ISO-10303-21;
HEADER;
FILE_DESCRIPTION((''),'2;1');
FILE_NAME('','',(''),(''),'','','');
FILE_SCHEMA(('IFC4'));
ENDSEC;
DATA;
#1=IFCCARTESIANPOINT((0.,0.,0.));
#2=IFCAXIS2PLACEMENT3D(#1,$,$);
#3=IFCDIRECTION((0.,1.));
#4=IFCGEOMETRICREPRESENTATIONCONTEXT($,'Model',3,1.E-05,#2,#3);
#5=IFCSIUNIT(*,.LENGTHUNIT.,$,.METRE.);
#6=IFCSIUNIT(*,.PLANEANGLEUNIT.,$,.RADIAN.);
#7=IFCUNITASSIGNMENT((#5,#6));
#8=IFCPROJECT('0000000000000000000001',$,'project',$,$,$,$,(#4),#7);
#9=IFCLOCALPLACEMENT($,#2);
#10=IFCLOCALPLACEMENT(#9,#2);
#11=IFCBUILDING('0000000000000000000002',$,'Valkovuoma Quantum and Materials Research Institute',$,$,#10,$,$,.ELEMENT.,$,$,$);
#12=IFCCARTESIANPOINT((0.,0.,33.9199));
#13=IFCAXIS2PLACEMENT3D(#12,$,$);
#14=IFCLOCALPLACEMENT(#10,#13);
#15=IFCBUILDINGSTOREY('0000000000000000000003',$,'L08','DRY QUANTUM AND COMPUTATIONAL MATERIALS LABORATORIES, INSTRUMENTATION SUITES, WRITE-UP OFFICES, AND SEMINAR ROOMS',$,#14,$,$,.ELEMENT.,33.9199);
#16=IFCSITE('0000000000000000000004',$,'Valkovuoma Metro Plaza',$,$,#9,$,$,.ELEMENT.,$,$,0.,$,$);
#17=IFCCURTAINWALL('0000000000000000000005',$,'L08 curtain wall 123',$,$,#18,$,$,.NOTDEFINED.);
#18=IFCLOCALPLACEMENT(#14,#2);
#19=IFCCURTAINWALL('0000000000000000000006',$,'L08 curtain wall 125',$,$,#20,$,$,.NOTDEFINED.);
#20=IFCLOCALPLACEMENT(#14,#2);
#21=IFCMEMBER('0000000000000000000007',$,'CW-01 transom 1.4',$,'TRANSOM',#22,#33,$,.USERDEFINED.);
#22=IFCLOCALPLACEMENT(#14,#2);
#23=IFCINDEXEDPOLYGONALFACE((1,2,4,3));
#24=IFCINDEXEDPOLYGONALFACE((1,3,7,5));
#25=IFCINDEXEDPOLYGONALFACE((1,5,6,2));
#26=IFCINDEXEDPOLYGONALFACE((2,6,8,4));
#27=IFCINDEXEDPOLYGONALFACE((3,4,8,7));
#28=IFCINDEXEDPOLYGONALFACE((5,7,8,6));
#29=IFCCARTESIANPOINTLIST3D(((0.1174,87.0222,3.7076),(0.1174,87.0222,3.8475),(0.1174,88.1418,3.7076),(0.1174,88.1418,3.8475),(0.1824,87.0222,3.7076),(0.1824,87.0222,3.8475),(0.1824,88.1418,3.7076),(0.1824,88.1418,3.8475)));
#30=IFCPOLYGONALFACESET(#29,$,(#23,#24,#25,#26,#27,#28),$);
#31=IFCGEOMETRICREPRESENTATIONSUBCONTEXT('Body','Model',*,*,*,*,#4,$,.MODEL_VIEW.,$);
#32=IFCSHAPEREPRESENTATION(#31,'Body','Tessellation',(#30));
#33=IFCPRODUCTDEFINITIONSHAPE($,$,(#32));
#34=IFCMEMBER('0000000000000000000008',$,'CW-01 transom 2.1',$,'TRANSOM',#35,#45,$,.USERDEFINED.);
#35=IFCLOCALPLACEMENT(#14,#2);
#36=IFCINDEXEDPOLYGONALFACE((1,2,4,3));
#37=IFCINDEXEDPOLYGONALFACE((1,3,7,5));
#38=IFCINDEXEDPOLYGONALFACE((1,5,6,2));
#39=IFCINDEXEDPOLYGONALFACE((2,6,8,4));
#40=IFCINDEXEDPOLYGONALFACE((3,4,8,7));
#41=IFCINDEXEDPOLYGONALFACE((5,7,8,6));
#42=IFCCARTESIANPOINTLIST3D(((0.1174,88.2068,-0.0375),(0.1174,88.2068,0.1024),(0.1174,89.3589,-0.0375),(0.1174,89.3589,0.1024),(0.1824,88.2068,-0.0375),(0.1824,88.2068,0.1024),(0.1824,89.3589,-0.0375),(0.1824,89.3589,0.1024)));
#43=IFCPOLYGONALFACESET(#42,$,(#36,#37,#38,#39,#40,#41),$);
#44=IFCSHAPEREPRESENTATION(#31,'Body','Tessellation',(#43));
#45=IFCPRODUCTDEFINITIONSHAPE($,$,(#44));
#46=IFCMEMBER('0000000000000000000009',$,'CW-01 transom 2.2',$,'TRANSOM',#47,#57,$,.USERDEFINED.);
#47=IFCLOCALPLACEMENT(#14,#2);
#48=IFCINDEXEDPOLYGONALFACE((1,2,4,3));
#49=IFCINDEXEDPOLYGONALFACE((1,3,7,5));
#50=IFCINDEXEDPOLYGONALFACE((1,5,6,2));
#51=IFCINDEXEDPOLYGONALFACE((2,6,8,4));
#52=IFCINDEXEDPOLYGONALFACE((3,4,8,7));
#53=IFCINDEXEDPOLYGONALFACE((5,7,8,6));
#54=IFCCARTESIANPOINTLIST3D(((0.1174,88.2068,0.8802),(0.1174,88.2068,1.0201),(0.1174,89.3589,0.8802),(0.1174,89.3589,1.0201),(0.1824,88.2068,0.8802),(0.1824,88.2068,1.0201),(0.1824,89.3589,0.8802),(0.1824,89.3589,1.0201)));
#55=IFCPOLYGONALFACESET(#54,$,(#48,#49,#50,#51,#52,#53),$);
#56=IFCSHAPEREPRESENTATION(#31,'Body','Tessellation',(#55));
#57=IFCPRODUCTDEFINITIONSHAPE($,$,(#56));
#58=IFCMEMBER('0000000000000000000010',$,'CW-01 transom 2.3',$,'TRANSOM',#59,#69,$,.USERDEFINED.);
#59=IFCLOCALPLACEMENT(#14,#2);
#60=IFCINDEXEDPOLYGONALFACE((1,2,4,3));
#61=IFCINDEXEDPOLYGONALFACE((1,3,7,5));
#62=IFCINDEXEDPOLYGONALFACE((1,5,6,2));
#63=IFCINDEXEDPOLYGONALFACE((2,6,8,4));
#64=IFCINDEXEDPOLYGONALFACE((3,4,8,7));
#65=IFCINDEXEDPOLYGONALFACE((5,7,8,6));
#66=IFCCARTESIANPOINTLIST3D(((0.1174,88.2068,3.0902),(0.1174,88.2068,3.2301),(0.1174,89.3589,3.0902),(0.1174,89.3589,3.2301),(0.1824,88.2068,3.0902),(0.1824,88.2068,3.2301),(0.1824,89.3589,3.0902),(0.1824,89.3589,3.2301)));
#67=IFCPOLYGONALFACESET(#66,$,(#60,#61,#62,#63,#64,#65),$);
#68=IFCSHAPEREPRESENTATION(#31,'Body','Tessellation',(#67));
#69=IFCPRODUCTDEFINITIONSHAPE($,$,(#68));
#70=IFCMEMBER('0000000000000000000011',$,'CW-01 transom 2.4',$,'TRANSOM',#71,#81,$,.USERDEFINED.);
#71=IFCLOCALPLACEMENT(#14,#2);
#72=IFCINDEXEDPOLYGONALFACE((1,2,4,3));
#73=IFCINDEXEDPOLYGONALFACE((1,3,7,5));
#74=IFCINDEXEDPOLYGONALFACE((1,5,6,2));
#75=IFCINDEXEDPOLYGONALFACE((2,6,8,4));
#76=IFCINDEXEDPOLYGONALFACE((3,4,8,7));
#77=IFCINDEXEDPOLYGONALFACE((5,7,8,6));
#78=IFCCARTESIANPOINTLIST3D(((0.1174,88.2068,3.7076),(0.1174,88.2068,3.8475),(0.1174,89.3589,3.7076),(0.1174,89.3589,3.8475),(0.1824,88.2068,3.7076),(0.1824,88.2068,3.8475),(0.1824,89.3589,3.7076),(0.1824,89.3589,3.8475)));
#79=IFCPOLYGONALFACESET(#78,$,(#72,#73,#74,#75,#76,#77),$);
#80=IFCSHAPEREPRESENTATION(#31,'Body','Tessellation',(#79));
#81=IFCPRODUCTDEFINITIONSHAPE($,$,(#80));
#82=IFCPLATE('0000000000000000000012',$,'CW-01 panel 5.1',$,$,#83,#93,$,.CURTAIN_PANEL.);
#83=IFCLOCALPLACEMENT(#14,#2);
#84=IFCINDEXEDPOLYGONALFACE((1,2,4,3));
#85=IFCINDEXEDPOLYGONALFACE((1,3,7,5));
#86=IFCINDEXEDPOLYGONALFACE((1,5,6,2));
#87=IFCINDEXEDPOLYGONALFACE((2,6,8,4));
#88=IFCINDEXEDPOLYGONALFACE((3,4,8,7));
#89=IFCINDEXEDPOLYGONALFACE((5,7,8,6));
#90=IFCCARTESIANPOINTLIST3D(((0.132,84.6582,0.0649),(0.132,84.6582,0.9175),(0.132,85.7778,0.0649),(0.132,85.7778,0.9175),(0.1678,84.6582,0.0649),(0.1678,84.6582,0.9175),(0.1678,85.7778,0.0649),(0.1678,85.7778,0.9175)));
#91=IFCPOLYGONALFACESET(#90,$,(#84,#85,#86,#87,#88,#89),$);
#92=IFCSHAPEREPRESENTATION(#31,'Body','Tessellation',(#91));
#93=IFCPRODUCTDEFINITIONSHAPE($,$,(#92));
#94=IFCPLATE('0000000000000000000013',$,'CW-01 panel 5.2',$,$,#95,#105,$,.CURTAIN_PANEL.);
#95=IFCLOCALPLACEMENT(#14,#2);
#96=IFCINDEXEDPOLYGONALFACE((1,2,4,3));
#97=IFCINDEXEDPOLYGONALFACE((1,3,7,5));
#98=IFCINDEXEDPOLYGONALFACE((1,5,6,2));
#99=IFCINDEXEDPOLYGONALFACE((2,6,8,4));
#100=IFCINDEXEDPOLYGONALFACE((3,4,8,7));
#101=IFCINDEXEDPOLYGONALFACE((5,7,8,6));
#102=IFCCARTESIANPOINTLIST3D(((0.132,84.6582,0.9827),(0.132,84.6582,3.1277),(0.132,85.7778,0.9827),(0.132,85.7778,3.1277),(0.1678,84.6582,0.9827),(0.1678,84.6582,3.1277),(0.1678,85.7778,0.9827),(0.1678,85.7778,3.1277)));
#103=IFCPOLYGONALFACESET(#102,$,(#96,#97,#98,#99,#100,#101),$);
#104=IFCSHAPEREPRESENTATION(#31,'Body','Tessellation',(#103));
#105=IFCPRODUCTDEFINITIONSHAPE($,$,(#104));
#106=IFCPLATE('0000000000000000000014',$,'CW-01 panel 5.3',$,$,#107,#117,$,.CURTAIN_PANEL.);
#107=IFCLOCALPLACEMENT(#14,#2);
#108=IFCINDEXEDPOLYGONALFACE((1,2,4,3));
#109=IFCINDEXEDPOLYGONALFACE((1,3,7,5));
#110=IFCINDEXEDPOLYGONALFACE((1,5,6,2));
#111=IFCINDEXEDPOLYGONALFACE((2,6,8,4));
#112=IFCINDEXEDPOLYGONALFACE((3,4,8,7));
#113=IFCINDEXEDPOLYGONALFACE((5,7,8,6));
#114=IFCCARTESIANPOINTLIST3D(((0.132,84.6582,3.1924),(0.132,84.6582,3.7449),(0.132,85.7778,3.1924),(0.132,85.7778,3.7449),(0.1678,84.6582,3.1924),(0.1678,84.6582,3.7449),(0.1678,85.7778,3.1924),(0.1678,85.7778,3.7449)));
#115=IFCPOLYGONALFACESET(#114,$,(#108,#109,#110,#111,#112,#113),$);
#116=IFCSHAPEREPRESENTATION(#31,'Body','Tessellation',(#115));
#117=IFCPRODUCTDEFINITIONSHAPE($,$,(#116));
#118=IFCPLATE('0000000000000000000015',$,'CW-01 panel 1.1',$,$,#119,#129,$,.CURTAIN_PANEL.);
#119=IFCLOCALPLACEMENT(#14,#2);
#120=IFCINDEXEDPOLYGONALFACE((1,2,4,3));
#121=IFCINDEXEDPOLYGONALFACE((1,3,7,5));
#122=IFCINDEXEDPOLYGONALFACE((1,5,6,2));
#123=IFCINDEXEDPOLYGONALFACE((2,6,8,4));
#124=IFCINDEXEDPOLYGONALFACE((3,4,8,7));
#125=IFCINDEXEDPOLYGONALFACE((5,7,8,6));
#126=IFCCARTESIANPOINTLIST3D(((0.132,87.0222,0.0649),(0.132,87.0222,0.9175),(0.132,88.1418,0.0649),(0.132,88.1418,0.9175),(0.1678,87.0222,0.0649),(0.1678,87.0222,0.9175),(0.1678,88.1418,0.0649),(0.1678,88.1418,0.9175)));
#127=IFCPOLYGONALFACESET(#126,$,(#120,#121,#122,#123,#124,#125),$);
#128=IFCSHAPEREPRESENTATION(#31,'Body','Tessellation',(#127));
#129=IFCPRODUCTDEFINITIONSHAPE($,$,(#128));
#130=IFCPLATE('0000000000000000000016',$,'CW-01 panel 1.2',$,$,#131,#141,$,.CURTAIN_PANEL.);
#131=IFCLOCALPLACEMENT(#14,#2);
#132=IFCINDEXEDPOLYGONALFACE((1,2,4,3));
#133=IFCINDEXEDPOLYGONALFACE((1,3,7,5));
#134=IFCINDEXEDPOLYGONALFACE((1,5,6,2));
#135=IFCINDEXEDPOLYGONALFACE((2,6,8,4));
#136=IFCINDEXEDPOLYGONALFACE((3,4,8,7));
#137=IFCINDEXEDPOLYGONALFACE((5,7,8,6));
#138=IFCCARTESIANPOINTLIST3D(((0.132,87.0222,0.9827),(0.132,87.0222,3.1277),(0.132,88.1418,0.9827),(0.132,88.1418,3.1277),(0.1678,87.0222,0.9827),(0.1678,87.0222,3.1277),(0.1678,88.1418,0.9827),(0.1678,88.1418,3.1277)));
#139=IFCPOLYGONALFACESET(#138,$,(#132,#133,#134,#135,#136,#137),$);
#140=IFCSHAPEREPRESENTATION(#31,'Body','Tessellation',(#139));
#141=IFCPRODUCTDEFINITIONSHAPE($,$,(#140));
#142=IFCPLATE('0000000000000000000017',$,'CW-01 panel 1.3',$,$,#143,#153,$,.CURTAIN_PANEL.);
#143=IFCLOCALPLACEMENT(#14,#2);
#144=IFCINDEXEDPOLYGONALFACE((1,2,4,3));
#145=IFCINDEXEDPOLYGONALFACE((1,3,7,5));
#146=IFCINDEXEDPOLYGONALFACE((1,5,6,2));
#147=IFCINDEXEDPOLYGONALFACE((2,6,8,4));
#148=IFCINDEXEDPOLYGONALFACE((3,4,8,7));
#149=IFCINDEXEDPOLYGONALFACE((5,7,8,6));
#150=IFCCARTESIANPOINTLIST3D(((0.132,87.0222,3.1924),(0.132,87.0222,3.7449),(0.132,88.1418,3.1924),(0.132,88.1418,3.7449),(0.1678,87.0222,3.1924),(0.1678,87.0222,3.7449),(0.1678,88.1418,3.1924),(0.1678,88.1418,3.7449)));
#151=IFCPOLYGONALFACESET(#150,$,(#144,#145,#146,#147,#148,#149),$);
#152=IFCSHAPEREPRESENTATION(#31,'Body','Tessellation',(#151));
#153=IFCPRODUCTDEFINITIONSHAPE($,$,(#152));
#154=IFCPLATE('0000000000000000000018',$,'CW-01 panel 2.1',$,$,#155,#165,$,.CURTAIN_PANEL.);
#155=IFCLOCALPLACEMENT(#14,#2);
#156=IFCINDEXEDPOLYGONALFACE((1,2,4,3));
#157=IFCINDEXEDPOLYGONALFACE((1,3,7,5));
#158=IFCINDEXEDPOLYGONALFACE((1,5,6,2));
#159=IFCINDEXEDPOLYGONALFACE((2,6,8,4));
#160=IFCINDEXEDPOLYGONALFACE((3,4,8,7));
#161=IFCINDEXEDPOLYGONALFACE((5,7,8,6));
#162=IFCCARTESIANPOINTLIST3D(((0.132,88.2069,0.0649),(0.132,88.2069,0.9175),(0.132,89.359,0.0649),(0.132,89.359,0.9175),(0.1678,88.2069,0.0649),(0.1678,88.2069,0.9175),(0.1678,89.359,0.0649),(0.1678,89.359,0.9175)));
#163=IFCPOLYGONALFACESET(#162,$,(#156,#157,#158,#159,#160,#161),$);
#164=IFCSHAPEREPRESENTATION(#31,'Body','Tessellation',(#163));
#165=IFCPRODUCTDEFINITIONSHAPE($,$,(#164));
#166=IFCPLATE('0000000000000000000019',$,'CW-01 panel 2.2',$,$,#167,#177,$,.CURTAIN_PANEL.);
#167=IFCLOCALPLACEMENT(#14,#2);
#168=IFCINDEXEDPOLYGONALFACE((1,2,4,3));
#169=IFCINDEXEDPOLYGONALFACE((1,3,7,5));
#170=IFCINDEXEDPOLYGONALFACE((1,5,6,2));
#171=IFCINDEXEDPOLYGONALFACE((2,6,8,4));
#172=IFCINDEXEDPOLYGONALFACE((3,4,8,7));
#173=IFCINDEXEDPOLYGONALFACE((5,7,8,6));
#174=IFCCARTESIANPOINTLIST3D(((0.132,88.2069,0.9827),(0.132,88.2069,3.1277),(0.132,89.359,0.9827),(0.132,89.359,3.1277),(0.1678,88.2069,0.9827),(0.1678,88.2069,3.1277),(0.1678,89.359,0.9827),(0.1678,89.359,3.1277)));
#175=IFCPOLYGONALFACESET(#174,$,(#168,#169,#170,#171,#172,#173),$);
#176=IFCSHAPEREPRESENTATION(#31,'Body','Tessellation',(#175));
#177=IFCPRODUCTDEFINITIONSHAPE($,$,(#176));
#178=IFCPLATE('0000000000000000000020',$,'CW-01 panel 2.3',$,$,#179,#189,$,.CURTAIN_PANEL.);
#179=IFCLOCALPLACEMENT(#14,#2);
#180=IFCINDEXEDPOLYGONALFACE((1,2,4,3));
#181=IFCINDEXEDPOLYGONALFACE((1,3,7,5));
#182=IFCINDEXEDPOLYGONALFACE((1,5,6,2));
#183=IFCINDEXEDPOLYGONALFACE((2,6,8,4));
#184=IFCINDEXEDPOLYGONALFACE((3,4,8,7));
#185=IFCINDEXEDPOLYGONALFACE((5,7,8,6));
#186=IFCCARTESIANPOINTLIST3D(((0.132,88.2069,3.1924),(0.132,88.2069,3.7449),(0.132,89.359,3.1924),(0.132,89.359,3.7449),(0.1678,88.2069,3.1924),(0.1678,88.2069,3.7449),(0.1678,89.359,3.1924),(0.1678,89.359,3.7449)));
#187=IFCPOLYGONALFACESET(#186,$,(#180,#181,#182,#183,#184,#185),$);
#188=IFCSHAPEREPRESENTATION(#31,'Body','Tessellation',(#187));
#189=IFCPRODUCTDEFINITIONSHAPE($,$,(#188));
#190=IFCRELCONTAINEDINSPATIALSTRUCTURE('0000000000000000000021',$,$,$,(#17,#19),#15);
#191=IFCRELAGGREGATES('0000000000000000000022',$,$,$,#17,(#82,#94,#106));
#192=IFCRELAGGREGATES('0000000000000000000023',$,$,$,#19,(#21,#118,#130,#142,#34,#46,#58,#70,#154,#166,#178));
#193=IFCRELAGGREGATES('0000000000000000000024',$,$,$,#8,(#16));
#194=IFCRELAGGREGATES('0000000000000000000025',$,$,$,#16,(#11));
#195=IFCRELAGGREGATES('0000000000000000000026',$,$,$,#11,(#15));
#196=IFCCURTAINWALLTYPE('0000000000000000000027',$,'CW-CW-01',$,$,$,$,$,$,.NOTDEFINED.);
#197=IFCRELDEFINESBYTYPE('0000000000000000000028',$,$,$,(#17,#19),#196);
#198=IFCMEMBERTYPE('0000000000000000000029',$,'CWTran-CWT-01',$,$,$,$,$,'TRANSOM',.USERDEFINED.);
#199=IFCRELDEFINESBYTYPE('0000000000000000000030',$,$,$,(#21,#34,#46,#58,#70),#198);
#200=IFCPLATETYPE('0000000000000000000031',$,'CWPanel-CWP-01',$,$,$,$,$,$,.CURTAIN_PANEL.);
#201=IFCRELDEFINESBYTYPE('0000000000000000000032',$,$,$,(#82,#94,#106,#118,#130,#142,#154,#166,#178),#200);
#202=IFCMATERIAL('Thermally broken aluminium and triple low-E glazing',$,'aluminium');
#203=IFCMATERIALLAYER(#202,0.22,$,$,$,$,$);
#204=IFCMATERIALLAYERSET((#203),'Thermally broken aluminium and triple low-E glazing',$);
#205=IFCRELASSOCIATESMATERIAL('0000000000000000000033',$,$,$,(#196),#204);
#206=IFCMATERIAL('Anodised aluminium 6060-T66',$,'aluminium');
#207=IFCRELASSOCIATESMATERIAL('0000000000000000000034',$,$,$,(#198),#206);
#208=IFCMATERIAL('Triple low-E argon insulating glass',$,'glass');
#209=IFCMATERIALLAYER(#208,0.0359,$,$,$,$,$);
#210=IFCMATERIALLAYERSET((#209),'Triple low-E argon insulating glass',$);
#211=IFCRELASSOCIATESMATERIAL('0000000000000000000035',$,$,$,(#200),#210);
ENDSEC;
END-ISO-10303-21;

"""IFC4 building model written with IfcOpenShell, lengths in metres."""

from ifc_helpers import new_model, si_unit, direction, frame, origin, origin_2d, place, context, subcontext, project, spatial, rectangle, extrude, material, layer, layer_set, material_profile, profile_set, type_object, element, aggregate, save


model = new_model("IFC4")

# Units and contexts
model_context = context("Model", 3, precision=1e-05, world=origin(), true_north=direction((0.0, 1.0)))
body_context = subcontext(model_context, "Body", "Model", "MODEL_VIEW")
ifc_project = project(units=[si_unit("LENGTHUNIT", "METRE"), si_unit("PLANEANGLEUNIT", "RADIAN")], contexts=[model_context])

# Site, building, storey
site_placement = place(None, origin())
site = spatial("IfcSite", under=ifc_project, at=site_placement, Name="Valkovuoma Metro Plaza", CompositionType="ELEMENT", RefElevation=0.0)
building_placement = place(site_placement, origin())
building = spatial("IfcBuilding", under=site, at=building_placement, Name="Valkovuoma Quantum and Materials Research Institute", CompositionType="ELEMENT")
storey_placement = place(building_placement, frame((0.0, 0.0, 33.9199)))
storey = spatial("IfcBuildingStorey", under=building, at=storey_placement, Name="L08", Description="DRY QUANTUM AND COMPUTATIONAL MATERIALS LABORATORIES, INSTRUMENTATION SUITES, WRITE-UP OFFICES, AND SEMINAR ROOMS", CompositionType="ELEMENT", Elevation=33.9199)

# Curtain wall
ifc_material_1 = material(Name="Thermally broken aluminium and triple low-E glazing", Category="aluminium")
ifc_layer_1 = layer(ifc_material_1, 0.22)
ifc_layer_set_1 = layer_set([ifc_layer_1], Name="Thermally broken aluminium and triple low-E glazing")
curtain_wall_type = type_object("IfcCurtainWallType", Name="CW-CW-01", PredefinedType="NOTDEFINED", material=ifc_layer_set_1)
curtain_wall_1_placement = place(storey_placement, origin())
curtain_wall_1 = element("IfcCurtainWall", 1, at=curtain_wall_1_placement, inside=storey, type_object=curtain_wall_type, Name="L08 curtain wall 123", PredefinedType="NOTDEFINED")

# Curtain wall, members
curtain_wall_2_placement = place(storey_placement, origin())
curtain_wall_2 = element("IfcCurtainWall", 2, at=curtain_wall_2_placement, inside=storey, type_object=curtain_wall_type, Name="L08 curtain wall 125", PredefinedType="NOTDEFINED")
ifc_material_2 = material(Name="Anodised aluminium 6060-T66", Category="aluminium")
ifc_material_profile_1 = material_profile(ifc_material_2, rectangle(XDim=0.0649, YDim=0.1399, at=origin_2d()), Name="Anodised aluminium 6060-T66")
ifc_profile_set_1 = profile_set([ifc_material_profile_1], Name="Anodised aluminium 6060-T66")
member_type_1 = type_object("IfcMemberType", Name="CWTran-CWT-01", ElementType="TRANSOM", PredefinedType="USERDEFINED", material=ifc_profile_set_1)
member_1_placement = place(storey_placement, frame((0.1499, 87.0222, 3.7776), z_axis=(0.0, 1.0, 0.0), x_axis=(-1.0, 0.0, 0.0)))
member_1 = element("IfcMember", 3, at=member_1_placement, type_object=member_type_1, Name="CW-01 transom 1.4", ObjectType="TRANSOM", PredefinedType="USERDEFINED", context=body_context, shape_type="SweptSolid", body=[
    extrude(rectangle(XDim=0.0649, YDim=0.1399, at=origin_2d()), origin(), (0.0, 0.0, 1.0), 1.1196),
])
member_2_placement = place(storey_placement, frame((0.1499, 88.2068, 0.0325), z_axis=(0.0, 1.0, 0.0), x_axis=(-1.0, 0.0, 0.0)))
member_2 = element("IfcMember", 4, at=member_2_placement, type_object=member_type_1, Name="CW-01 transom 2.1", ObjectType="TRANSOM", PredefinedType="USERDEFINED", context=body_context, shape_type="SweptSolid", body=[
    extrude(rectangle(XDim=0.0649, YDim=0.1399, at=origin_2d()), origin(), (0.0, 0.0, 1.0), 1.1521),
])
member_3_placement = place(storey_placement, frame((0.1499, 88.2068, 0.9502), z_axis=(0.0, 1.0, 0.0), x_axis=(-1.0, 0.0, 0.0)))
member_3 = element("IfcMember", 5, at=member_3_placement, type_object=member_type_1, Name="CW-01 transom 2.2", ObjectType="TRANSOM", PredefinedType="USERDEFINED", context=body_context, shape_type="SweptSolid", body=[
    extrude(rectangle(XDim=0.0649, YDim=0.1399, at=origin_2d()), origin(), (0.0, 0.0, 1.0), 1.1521),
])
member_4_placement = place(storey_placement, frame((0.1499, 88.2068, 3.1602), z_axis=(0.0, 1.0, 0.0), x_axis=(-1.0, 0.0, 0.0)))
member_4 = element("IfcMember", 6, at=member_4_placement, type_object=member_type_1, Name="CW-01 transom 2.3", ObjectType="TRANSOM", PredefinedType="USERDEFINED", context=body_context, shape_type="SweptSolid", body=[
    extrude(rectangle(XDim=0.0649, YDim=0.1399, at=origin_2d()), origin(), (0.0, 0.0, 1.0), 1.1521),
])
member_5_placement = place(storey_placement, frame((0.1499, 88.2068, 3.7776), z_axis=(0.0, 1.0, 0.0), x_axis=(-1.0, 0.0, 0.0)))
member_5 = element("IfcMember", 7, at=member_5_placement, type_object=member_type_1, Name="CW-01 transom 2.4", ObjectType="TRANSOM", PredefinedType="USERDEFINED", context=body_context, shape_type="SweptSolid", body=[
    extrude(rectangle(XDim=0.0649, YDim=0.1399, at=origin_2d()), origin(), (0.0, 0.0, 1.0), 1.1521),
])

# Plates
ifc_material_3 = material(Name="Triple low-E argon insulating glass", Category="glass")
ifc_layer_2 = layer(ifc_material_3, 0.0359)
ifc_layer_set_2 = layer_set([ifc_layer_2], Name="Triple low-E argon insulating glass")
plate_type = type_object("IfcPlateType", Name="CWPanel-CWP-01", PredefinedType="CURTAIN_PANEL", material=ifc_layer_set_2)
plate_1_placement = place(storey_placement, frame((0.1499, 85.218, 0.0649), z_axis=(0.0, 0.0, 1.0), x_axis=(0.0, 1.0, 0.0)))
plate_1 = element("IfcPlate", 8, at=plate_1_placement, type_object=plate_type, Name="CW-01 panel 5.1", PredefinedType="CURTAIN_PANEL", context=body_context, shape_type="SweptSolid", body=[
    extrude(rectangle(XDim=1.1196, YDim=0.0359, at=origin_2d()), origin(), (0.0, 0.0, 1.0), 0.8525),
])
plate_2_placement = place(storey_placement, frame((0.1499, 85.218, 0.9827), z_axis=(0.0, 0.0, 1.0), x_axis=(0.0, 1.0, 0.0)))
plate_2 = element("IfcPlate", 9, at=plate_2_placement, type_object=plate_type, Name="CW-01 panel 5.2", PredefinedType="CURTAIN_PANEL", context=body_context, shape_type="SweptSolid", body=[
    extrude(rectangle(XDim=1.1196, YDim=0.0359, at=origin_2d()), origin(), (0.0, 0.0, 1.0), 2.145),
])
plate_3_placement = place(storey_placement, frame((0.1499, 85.218, 3.1924), z_axis=(0.0, 0.0, 1.0), x_axis=(0.0, 1.0, 0.0)))
plate_3 = element("IfcPlate", 10, at=plate_3_placement, type_object=plate_type, Name="CW-01 panel 5.3", PredefinedType="CURTAIN_PANEL", context=body_context, shape_type="SweptSolid", body=[
    extrude(rectangle(XDim=1.1196, YDim=0.0359, at=origin_2d()), origin(), (0.0, 0.0, 1.0), 0.5525),
])
aggregate(curtain_wall_1, [plate_1, plate_2, plate_3])
plate_4_placement = place(storey_placement, frame((0.1499, 87.582, 0.0649), z_axis=(0.0, 0.0, 1.0), x_axis=(0.0, 1.0, 0.0)))
plate_4 = element("IfcPlate", 11, at=plate_4_placement, type_object=plate_type, Name="CW-01 panel 1.1", PredefinedType="CURTAIN_PANEL", context=body_context, shape_type="SweptSolid", body=[
    extrude(rectangle(XDim=1.1196, YDim=0.0359, at=origin_2d()), origin(), (0.0, 0.0, 1.0), 0.8525),
])
plate_5_placement = place(storey_placement, frame((0.1499, 87.582, 0.9827), z_axis=(0.0, 0.0, 1.0), x_axis=(0.0, 1.0, 0.0)))
plate_5 = element("IfcPlate", 12, at=plate_5_placement, type_object=plate_type, Name="CW-01 panel 1.2", PredefinedType="CURTAIN_PANEL", context=body_context, shape_type="SweptSolid", body=[
    extrude(rectangle(XDim=1.1196, YDim=0.0359, at=origin_2d()), origin(), (0.0, 0.0, 1.0), 2.145),
])
plate_6_placement = place(storey_placement, frame((0.1499, 87.582, 3.1924), z_axis=(0.0, 0.0, 1.0), x_axis=(0.0, 1.0, 0.0)))
plate_6 = element("IfcPlate", 13, at=plate_6_placement, type_object=plate_type, Name="CW-01 panel 1.3", PredefinedType="CURTAIN_PANEL", context=body_context, shape_type="SweptSolid", body=[
    extrude(rectangle(XDim=1.1196, YDim=0.0359, at=origin_2d()), origin(), (0.0, 0.0, 1.0), 0.5525),
])
plate_7_placement = place(storey_placement, frame((0.1499, 88.783, 0.0649), z_axis=(0.0, 0.0, 1.0), x_axis=(0.0, 1.0, 0.0)))
plate_7 = element("IfcPlate", 14, at=plate_7_placement, type_object=plate_type, Name="CW-01 panel 2.1", PredefinedType="CURTAIN_PANEL", context=body_context, shape_type="SweptSolid", body=[
    extrude(rectangle(XDim=1.1521, YDim=0.0359, at=origin_2d()), origin(), (0.0, 0.0, 1.0), 0.8525),
])
plate_8_placement = place(storey_placement, frame((0.1499, 88.783, 0.9827), z_axis=(0.0, 0.0, 1.0), x_axis=(0.0, 1.0, 0.0)))
plate_8 = element("IfcPlate", 15, at=plate_8_placement, type_object=plate_type, Name="CW-01 panel 2.2", PredefinedType="CURTAIN_PANEL", context=body_context, shape_type="SweptSolid", body=[
    extrude(rectangle(XDim=1.1521, YDim=0.0359, at=origin_2d()), origin(), (0.0, 0.0, 1.0), 2.145),
])
plate_9_placement = place(storey_placement, frame((0.1499, 88.783, 3.1924), z_axis=(0.0, 0.0, 1.0), x_axis=(0.0, 1.0, 0.0)))
plate_9 = element("IfcPlate", 16, at=plate_9_placement, type_object=plate_type, Name="CW-01 panel 2.3", PredefinedType="CURTAIN_PANEL", context=body_context, shape_type="SweptSolid", body=[
    extrude(rectangle(XDim=1.1521, YDim=0.0359, at=origin_2d()), origin(), (0.0, 0.0, 1.0), 0.5525),
])
aggregate(curtain_wall_2, [member_1, plate_4, plate_5, plate_6, member_2, member_3, member_4, member_5, plate_7, plate_8, plate_9])

save(model, "model.ifc")
